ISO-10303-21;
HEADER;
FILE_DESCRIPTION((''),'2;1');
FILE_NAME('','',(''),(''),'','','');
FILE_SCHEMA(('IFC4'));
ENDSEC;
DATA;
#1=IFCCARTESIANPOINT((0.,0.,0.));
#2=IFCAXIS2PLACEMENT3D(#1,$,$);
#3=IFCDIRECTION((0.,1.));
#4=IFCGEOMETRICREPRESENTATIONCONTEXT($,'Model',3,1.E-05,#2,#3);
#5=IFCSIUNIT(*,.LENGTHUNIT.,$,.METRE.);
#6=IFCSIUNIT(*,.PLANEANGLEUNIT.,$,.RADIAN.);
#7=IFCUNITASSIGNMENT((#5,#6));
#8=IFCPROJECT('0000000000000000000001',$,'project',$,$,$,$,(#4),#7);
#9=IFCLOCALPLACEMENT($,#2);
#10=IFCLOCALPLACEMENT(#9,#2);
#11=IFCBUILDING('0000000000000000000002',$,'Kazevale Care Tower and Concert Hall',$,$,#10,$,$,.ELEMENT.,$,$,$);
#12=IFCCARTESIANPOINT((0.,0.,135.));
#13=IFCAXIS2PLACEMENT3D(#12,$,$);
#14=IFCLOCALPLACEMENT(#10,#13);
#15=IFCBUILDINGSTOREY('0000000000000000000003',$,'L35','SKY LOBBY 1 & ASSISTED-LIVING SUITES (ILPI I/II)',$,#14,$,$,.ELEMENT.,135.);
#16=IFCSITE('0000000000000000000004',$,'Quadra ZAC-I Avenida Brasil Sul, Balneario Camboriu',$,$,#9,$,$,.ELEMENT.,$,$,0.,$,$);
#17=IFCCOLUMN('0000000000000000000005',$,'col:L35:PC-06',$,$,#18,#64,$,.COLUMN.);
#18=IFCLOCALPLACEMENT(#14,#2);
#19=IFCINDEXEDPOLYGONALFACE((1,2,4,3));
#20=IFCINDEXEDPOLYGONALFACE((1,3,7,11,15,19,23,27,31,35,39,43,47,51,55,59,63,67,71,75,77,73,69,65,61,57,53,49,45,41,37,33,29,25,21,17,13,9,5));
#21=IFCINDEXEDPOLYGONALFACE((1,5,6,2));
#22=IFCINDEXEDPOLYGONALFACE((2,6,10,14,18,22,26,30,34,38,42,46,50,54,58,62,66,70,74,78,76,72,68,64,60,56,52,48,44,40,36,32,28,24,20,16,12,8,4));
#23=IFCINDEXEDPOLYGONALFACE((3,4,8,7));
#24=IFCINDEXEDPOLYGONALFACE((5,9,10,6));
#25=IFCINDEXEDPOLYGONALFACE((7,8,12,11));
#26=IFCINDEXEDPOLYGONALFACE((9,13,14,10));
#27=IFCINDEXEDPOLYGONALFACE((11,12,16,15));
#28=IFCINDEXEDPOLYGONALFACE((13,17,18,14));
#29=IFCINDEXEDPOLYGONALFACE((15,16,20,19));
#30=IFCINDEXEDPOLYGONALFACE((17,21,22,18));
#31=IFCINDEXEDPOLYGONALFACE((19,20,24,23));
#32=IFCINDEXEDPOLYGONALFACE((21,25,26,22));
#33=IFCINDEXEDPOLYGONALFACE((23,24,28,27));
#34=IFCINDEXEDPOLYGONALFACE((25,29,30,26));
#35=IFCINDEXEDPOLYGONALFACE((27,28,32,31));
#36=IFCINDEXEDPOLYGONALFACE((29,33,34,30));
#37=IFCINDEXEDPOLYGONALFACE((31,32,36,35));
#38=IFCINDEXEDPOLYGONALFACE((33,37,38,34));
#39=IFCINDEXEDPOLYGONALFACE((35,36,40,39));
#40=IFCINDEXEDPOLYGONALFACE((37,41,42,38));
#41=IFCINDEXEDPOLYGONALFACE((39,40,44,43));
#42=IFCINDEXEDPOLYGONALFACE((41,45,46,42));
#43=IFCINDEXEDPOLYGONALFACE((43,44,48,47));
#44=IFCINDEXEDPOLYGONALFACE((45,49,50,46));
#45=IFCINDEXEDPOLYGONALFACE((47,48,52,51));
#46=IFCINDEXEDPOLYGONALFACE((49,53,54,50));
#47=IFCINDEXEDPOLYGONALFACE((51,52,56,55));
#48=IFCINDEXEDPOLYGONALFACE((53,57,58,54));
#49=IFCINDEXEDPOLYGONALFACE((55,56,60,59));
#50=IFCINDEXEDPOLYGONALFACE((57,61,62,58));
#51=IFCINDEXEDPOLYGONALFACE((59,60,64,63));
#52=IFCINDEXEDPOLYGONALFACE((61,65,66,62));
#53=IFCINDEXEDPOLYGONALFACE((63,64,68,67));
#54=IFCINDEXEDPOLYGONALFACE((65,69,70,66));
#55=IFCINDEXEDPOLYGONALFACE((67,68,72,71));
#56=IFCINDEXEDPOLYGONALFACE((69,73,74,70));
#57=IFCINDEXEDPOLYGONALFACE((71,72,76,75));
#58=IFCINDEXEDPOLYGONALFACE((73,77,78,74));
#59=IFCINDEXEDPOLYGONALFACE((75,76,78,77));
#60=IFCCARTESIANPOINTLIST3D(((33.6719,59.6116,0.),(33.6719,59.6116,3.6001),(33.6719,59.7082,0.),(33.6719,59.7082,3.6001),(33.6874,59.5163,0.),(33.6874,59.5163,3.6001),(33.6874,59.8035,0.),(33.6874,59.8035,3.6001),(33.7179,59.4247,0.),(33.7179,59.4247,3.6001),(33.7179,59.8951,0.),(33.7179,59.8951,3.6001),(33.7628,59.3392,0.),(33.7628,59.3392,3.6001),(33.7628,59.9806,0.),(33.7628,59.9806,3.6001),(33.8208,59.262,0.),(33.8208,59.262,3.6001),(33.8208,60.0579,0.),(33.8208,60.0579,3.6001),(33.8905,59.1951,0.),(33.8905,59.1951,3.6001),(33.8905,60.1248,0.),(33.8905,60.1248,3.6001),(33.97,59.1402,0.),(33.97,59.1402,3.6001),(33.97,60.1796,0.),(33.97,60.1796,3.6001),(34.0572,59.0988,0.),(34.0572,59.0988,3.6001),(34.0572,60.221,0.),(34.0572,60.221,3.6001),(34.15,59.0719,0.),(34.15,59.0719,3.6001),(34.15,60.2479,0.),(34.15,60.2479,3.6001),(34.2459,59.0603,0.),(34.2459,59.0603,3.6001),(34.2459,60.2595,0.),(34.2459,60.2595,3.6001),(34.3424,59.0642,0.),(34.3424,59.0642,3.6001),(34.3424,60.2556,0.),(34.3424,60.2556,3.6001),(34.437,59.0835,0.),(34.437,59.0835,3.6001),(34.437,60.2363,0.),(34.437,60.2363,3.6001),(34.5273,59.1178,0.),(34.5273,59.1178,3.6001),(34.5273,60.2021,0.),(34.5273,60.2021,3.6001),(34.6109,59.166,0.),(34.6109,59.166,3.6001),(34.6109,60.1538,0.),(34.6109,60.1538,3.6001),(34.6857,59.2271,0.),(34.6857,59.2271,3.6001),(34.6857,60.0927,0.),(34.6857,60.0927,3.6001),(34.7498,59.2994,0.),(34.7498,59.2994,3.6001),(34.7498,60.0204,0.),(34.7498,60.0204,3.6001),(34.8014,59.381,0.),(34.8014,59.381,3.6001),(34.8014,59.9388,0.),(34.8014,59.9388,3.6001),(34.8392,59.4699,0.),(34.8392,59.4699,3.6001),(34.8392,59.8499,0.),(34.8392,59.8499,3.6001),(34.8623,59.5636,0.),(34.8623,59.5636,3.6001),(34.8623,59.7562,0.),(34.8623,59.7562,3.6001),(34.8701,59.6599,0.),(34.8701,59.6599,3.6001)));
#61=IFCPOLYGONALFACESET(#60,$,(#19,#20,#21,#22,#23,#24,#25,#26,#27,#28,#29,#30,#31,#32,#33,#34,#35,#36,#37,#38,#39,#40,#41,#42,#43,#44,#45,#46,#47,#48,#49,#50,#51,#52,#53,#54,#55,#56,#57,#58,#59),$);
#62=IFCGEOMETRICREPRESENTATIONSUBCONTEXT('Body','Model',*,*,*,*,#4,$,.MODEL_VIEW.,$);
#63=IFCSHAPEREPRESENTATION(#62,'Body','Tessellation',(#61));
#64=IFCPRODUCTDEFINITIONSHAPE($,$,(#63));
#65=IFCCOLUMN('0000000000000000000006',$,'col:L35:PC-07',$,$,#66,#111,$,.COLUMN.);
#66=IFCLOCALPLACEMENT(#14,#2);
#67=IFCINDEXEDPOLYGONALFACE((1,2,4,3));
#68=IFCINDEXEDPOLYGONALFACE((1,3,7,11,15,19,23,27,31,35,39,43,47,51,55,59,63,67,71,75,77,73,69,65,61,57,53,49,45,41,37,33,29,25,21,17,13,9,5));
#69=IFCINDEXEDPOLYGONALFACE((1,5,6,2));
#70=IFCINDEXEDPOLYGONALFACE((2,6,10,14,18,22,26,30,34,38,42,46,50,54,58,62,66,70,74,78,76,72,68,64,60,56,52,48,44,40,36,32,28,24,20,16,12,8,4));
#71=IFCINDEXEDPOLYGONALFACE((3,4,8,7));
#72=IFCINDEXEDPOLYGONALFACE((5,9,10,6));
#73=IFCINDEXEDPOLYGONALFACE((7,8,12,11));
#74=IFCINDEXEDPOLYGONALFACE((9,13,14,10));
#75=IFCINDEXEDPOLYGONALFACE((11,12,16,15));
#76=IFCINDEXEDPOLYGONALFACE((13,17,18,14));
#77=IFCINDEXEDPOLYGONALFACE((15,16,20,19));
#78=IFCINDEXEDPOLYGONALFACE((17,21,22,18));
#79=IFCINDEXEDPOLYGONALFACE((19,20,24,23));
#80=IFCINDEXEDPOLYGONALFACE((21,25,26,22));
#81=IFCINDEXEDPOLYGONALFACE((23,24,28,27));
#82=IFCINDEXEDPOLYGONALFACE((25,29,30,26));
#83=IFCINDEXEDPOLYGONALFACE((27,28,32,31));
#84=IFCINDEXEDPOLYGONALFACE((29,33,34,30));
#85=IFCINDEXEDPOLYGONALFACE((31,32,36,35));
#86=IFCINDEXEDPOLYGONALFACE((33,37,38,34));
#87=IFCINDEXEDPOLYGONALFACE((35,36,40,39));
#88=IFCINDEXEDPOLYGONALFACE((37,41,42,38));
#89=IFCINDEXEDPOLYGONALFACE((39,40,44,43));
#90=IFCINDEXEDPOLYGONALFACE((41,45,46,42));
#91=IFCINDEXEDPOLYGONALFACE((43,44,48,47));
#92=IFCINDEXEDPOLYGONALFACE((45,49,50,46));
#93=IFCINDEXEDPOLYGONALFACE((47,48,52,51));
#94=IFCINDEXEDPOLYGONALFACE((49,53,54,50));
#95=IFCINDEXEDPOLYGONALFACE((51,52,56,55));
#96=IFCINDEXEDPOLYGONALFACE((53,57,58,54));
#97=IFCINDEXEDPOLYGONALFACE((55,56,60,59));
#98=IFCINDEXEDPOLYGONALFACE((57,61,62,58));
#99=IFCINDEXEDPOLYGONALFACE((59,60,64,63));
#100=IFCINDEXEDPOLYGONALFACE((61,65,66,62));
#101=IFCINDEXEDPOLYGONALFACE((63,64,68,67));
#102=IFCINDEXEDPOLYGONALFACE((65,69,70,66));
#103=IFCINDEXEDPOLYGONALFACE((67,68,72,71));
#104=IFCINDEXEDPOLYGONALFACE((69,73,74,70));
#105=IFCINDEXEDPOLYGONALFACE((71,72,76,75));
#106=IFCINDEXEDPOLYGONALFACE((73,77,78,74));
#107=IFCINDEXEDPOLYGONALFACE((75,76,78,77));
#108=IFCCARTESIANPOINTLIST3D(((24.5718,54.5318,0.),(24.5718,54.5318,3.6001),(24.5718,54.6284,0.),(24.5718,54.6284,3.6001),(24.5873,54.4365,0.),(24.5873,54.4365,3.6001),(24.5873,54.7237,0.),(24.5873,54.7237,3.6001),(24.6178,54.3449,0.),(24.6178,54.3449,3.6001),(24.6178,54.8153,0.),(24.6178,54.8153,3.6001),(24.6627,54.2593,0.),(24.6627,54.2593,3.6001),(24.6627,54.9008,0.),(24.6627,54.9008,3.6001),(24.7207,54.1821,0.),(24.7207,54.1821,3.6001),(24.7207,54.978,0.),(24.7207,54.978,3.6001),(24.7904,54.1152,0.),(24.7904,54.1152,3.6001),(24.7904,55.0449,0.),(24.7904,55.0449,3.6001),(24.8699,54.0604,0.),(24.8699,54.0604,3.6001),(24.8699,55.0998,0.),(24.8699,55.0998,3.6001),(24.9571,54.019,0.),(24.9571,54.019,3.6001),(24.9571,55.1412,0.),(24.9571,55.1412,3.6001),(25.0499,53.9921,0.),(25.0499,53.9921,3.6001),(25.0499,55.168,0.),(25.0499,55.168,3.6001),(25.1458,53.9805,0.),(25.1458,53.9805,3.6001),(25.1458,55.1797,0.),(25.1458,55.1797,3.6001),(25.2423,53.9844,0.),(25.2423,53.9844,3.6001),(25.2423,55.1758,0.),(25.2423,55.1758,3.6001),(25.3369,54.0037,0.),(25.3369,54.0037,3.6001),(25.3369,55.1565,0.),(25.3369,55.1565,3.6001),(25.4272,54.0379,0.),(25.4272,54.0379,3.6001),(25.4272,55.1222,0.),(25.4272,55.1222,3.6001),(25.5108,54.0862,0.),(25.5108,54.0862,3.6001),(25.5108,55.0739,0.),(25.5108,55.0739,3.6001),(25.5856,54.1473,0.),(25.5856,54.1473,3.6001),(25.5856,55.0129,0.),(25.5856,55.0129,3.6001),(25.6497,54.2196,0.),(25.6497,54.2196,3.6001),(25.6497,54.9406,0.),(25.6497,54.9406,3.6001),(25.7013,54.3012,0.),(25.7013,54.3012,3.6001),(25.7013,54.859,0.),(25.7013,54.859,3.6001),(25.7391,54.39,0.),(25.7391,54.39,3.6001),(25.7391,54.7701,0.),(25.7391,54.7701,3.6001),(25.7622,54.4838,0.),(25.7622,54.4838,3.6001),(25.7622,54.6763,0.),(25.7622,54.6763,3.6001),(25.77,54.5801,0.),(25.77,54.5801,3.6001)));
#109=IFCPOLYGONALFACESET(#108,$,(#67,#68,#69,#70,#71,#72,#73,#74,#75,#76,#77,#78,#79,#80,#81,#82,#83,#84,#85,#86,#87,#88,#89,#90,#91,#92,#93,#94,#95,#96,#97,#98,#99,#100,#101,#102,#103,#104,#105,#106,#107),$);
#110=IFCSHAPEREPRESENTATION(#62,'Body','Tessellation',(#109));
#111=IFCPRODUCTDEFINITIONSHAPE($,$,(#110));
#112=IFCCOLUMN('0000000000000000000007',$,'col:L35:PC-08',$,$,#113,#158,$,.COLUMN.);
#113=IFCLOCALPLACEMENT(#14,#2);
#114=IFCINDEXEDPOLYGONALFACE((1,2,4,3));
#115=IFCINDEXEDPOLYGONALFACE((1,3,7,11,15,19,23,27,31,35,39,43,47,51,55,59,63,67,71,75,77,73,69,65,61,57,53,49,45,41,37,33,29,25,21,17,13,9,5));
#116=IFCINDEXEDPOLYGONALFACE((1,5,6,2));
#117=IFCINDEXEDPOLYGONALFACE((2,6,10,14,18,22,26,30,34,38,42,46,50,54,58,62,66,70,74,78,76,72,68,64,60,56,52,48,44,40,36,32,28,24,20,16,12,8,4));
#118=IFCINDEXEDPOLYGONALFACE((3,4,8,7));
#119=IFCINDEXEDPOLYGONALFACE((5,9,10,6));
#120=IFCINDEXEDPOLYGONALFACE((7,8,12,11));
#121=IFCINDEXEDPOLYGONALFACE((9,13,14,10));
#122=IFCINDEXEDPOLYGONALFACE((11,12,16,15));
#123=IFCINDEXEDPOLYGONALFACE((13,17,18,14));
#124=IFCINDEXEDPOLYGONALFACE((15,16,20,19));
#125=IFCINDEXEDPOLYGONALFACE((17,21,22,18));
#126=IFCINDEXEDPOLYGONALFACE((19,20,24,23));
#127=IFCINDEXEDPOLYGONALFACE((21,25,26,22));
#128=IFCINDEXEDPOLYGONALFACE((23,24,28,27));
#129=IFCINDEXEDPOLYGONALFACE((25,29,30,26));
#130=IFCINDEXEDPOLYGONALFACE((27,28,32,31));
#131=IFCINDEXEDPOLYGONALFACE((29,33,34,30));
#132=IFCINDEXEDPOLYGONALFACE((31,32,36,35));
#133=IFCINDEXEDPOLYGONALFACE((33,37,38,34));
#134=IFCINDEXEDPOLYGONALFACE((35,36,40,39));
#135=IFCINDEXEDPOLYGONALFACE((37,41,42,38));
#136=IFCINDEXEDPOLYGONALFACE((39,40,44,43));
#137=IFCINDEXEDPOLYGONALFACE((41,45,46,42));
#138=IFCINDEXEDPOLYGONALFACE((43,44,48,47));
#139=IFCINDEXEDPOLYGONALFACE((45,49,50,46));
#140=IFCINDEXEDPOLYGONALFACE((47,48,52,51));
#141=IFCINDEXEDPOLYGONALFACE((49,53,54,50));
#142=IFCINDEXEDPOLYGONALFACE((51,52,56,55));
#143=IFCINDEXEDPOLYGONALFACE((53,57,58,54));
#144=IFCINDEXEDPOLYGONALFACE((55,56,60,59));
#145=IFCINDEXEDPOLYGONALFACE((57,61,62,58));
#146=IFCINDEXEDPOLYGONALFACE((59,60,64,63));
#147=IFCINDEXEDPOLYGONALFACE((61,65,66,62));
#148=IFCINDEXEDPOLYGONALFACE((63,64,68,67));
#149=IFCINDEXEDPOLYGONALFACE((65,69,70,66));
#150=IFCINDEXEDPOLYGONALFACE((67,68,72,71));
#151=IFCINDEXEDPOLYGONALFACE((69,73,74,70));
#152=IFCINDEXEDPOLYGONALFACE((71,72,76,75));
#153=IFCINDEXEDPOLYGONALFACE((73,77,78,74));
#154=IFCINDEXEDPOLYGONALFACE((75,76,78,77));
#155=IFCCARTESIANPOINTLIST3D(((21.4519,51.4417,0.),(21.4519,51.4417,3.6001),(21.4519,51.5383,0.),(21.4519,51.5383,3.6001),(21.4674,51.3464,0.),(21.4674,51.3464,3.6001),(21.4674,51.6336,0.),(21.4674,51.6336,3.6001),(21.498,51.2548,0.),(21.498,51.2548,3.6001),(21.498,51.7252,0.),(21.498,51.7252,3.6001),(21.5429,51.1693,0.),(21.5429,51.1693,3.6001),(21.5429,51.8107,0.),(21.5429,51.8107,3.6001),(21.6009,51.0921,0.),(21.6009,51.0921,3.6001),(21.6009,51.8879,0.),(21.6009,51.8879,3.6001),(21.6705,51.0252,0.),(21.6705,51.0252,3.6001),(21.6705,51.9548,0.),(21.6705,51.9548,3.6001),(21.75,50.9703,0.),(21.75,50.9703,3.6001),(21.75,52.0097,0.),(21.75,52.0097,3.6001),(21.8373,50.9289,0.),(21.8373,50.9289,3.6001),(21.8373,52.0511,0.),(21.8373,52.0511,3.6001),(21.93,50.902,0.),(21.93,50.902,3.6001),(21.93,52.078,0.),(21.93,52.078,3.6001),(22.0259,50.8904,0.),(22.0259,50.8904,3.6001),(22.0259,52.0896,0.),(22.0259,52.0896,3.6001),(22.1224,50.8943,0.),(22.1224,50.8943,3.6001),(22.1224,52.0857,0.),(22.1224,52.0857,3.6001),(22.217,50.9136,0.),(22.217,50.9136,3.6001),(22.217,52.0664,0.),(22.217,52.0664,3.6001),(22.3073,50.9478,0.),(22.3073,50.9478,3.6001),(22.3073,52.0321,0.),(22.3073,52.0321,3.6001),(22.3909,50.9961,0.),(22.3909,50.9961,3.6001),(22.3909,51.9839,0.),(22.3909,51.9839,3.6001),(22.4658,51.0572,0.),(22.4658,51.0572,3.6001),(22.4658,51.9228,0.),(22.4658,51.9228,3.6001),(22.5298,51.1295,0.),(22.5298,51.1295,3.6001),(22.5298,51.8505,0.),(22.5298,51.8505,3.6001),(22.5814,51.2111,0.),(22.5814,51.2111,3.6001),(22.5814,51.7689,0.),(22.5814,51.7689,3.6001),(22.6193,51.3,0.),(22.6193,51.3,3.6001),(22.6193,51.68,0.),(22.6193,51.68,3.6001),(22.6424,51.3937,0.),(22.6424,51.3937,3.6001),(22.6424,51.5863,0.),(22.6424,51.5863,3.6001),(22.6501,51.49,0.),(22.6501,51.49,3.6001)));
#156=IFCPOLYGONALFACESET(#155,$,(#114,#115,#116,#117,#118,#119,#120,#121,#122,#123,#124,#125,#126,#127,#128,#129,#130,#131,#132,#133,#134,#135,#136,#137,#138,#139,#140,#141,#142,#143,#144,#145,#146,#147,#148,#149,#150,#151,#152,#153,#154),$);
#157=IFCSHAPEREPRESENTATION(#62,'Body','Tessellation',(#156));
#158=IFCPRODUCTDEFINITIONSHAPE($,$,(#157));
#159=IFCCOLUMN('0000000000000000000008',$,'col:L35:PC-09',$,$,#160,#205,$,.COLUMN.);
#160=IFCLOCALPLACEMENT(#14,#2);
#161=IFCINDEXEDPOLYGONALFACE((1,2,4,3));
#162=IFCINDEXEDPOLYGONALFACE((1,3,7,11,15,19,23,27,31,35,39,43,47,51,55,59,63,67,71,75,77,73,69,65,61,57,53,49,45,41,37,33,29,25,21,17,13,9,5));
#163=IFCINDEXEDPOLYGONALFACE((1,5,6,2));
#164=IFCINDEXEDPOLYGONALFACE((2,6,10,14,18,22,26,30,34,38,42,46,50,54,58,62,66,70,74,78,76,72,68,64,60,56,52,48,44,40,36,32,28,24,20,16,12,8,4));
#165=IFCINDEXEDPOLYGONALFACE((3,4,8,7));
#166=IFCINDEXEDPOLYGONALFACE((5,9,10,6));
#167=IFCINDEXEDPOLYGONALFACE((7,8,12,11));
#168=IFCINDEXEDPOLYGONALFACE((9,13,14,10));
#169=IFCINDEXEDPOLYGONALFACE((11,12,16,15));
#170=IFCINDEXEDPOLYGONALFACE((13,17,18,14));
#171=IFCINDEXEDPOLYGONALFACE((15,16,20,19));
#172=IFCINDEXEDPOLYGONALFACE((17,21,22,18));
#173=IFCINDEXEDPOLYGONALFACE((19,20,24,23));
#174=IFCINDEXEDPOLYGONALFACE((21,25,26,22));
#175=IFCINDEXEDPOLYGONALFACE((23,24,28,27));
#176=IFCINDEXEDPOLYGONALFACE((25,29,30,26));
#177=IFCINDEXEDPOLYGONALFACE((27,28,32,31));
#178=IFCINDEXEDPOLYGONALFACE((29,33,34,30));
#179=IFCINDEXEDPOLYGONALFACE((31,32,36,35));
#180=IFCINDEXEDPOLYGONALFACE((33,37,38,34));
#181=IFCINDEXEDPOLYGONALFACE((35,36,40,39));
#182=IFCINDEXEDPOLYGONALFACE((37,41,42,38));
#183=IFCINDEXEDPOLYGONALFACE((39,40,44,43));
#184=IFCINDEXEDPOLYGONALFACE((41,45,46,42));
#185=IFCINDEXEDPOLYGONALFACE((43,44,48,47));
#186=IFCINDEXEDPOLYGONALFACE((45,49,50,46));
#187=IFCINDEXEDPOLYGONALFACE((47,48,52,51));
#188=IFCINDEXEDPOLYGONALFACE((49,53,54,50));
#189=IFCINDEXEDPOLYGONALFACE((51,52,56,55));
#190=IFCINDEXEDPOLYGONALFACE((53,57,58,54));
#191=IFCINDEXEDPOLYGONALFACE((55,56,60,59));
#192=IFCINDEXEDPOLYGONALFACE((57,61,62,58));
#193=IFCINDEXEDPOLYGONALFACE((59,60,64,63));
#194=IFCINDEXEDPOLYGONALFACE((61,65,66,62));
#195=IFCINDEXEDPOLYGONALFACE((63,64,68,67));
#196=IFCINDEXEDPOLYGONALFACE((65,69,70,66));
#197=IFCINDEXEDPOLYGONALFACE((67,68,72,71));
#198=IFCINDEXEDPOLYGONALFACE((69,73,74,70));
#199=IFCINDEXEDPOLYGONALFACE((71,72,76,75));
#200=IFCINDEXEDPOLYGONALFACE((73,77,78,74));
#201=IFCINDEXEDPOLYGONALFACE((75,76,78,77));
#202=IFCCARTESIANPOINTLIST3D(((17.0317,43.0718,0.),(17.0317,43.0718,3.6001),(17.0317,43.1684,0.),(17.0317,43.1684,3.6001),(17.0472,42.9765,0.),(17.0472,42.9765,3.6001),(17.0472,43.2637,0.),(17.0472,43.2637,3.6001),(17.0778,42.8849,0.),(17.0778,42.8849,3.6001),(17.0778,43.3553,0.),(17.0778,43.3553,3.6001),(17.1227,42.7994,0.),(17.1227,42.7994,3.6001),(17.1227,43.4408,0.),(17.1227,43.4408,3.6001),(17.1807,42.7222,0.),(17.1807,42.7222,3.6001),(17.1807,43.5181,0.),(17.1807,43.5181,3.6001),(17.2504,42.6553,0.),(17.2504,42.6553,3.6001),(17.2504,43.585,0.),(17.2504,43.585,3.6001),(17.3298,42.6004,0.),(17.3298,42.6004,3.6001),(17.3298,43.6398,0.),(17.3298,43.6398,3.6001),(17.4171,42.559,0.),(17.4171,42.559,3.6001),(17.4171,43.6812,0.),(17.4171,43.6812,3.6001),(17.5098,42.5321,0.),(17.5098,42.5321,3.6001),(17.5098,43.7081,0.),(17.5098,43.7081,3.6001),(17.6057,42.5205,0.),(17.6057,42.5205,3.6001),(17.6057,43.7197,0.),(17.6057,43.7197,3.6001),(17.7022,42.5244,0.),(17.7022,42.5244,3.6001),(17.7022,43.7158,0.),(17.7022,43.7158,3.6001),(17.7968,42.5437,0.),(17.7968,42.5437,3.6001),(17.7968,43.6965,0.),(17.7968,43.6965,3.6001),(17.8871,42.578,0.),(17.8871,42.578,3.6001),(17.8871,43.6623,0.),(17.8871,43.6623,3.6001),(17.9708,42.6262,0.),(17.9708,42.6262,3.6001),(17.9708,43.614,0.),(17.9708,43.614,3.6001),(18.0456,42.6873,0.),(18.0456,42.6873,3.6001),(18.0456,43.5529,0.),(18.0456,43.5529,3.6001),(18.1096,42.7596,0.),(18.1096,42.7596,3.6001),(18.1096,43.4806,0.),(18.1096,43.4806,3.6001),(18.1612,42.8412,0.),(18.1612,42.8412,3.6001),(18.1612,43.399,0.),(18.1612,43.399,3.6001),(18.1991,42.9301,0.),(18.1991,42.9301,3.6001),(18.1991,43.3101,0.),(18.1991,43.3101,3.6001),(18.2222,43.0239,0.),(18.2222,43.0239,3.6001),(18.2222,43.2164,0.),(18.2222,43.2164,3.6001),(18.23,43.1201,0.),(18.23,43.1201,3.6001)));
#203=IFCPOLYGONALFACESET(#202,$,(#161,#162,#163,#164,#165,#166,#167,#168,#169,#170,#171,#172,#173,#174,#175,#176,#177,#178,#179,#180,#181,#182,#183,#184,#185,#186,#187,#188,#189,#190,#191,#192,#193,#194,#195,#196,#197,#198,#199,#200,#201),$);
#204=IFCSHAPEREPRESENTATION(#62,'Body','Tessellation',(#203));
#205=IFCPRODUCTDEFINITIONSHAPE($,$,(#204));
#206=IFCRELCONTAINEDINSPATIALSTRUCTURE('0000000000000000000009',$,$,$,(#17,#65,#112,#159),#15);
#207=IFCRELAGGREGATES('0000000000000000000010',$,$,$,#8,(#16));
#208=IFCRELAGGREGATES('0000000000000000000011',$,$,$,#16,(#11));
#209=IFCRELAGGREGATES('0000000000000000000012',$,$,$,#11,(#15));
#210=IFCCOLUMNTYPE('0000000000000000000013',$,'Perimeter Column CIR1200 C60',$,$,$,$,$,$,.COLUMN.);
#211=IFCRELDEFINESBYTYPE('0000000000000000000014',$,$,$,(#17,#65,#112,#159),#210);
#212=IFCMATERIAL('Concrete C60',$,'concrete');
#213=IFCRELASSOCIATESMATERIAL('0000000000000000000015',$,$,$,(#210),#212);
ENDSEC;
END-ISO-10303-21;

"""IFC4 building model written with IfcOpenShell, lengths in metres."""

from ifc_helpers import new_model, si_unit, direction, frame, origin, origin_2d, place, context, subcontext, project, spatial, circle, extrude, material, material_profile, profile_set, type_object, element, save


model = new_model("IFC4")

# Units and contexts
model_context = context("Model", 3, precision=1e-05, world=origin(), true_north=direction((0.0, 1.0)))
body_context = subcontext(model_context, "Body", "Model", "MODEL_VIEW")
ifc_project = project(units=[si_unit("LENGTHUNIT", "METRE"), si_unit("PLANEANGLEUNIT", "RADIAN")], contexts=[model_context])

# Site, building, storey
site_placement = place(None, origin())
site = spatial("IfcSite", under=ifc_project, at=site_placement, Name="Quadra ZAC-I Avenida Brasil Sul, Balneario Camboriu", CompositionType="ELEMENT", RefElevation=0.0)
building_placement = place(site_placement, origin())
building = spatial("IfcBuilding", under=site, at=building_placement, Name="Kazevale Care Tower and Concert Hall", CompositionType="ELEMENT")
storey_placement = place(building_placement, frame((0.0, 0.0, 135.0)))
storey = spatial("IfcBuildingStorey", under=building, at=storey_placement, Name="L35", Description="SKY LOBBY 1 & ASSISTED-LIVING SUITES (ILPI I/II)", CompositionType="ELEMENT", Elevation=135.0)

# Columns
ifc_material_1 = material(Name="Concrete C60", Category="concrete")
ifc_material_profile_1 = material_profile(ifc_material_1, circle(Radius=0.6001, at=origin_2d()), Name="RC-CIR1200")
ifc_profile_set_1 = profile_set([ifc_material_profile_1], Name="Concrete C60")
column_type = type_object("IfcColumnType", Name="Perimeter Column CIR1200 C60", PredefinedType="COLUMN", material=ifc_profile_set_1)
for number, where, z_axis, x_axis, name in (
    (1, (34.27, 59.6599, 0.0), (0.0, 0.0, 1.0), (1.0, 0.0, 0.0), "col:L35:PC-06"),
    (2, (25.1699, 54.5801, 0.0), (0.0, 0.0, 1.0), (1.0, 0.0, 0.0), "col:L35:PC-07"),
    (3, (22.05, 51.49, 0.0), (0.0, 0.0, 1.0), (1.0, 0.0, 0.0), "col:L35:PC-08"),
    (4, (17.6299, 43.1201, 0.0), (0.0, 0.0, 1.0), (1.0, 0.0, 0.0), "col:L35:PC-09"),
):
    element("IfcColumn", number, at=place(storey_placement, frame(where, z_axis=z_axis, x_axis=x_axis)), inside=storey, type_object=column_type, Name=name, PredefinedType="COLUMN", context=body_context, shape_type="SweptSolid", body=[
        extrude(circle(Radius=0.6001, at=origin_2d()), origin(), (0.0, 0.0, 1.0), 3.6001),
    ])

save(model, "model.ifc")
